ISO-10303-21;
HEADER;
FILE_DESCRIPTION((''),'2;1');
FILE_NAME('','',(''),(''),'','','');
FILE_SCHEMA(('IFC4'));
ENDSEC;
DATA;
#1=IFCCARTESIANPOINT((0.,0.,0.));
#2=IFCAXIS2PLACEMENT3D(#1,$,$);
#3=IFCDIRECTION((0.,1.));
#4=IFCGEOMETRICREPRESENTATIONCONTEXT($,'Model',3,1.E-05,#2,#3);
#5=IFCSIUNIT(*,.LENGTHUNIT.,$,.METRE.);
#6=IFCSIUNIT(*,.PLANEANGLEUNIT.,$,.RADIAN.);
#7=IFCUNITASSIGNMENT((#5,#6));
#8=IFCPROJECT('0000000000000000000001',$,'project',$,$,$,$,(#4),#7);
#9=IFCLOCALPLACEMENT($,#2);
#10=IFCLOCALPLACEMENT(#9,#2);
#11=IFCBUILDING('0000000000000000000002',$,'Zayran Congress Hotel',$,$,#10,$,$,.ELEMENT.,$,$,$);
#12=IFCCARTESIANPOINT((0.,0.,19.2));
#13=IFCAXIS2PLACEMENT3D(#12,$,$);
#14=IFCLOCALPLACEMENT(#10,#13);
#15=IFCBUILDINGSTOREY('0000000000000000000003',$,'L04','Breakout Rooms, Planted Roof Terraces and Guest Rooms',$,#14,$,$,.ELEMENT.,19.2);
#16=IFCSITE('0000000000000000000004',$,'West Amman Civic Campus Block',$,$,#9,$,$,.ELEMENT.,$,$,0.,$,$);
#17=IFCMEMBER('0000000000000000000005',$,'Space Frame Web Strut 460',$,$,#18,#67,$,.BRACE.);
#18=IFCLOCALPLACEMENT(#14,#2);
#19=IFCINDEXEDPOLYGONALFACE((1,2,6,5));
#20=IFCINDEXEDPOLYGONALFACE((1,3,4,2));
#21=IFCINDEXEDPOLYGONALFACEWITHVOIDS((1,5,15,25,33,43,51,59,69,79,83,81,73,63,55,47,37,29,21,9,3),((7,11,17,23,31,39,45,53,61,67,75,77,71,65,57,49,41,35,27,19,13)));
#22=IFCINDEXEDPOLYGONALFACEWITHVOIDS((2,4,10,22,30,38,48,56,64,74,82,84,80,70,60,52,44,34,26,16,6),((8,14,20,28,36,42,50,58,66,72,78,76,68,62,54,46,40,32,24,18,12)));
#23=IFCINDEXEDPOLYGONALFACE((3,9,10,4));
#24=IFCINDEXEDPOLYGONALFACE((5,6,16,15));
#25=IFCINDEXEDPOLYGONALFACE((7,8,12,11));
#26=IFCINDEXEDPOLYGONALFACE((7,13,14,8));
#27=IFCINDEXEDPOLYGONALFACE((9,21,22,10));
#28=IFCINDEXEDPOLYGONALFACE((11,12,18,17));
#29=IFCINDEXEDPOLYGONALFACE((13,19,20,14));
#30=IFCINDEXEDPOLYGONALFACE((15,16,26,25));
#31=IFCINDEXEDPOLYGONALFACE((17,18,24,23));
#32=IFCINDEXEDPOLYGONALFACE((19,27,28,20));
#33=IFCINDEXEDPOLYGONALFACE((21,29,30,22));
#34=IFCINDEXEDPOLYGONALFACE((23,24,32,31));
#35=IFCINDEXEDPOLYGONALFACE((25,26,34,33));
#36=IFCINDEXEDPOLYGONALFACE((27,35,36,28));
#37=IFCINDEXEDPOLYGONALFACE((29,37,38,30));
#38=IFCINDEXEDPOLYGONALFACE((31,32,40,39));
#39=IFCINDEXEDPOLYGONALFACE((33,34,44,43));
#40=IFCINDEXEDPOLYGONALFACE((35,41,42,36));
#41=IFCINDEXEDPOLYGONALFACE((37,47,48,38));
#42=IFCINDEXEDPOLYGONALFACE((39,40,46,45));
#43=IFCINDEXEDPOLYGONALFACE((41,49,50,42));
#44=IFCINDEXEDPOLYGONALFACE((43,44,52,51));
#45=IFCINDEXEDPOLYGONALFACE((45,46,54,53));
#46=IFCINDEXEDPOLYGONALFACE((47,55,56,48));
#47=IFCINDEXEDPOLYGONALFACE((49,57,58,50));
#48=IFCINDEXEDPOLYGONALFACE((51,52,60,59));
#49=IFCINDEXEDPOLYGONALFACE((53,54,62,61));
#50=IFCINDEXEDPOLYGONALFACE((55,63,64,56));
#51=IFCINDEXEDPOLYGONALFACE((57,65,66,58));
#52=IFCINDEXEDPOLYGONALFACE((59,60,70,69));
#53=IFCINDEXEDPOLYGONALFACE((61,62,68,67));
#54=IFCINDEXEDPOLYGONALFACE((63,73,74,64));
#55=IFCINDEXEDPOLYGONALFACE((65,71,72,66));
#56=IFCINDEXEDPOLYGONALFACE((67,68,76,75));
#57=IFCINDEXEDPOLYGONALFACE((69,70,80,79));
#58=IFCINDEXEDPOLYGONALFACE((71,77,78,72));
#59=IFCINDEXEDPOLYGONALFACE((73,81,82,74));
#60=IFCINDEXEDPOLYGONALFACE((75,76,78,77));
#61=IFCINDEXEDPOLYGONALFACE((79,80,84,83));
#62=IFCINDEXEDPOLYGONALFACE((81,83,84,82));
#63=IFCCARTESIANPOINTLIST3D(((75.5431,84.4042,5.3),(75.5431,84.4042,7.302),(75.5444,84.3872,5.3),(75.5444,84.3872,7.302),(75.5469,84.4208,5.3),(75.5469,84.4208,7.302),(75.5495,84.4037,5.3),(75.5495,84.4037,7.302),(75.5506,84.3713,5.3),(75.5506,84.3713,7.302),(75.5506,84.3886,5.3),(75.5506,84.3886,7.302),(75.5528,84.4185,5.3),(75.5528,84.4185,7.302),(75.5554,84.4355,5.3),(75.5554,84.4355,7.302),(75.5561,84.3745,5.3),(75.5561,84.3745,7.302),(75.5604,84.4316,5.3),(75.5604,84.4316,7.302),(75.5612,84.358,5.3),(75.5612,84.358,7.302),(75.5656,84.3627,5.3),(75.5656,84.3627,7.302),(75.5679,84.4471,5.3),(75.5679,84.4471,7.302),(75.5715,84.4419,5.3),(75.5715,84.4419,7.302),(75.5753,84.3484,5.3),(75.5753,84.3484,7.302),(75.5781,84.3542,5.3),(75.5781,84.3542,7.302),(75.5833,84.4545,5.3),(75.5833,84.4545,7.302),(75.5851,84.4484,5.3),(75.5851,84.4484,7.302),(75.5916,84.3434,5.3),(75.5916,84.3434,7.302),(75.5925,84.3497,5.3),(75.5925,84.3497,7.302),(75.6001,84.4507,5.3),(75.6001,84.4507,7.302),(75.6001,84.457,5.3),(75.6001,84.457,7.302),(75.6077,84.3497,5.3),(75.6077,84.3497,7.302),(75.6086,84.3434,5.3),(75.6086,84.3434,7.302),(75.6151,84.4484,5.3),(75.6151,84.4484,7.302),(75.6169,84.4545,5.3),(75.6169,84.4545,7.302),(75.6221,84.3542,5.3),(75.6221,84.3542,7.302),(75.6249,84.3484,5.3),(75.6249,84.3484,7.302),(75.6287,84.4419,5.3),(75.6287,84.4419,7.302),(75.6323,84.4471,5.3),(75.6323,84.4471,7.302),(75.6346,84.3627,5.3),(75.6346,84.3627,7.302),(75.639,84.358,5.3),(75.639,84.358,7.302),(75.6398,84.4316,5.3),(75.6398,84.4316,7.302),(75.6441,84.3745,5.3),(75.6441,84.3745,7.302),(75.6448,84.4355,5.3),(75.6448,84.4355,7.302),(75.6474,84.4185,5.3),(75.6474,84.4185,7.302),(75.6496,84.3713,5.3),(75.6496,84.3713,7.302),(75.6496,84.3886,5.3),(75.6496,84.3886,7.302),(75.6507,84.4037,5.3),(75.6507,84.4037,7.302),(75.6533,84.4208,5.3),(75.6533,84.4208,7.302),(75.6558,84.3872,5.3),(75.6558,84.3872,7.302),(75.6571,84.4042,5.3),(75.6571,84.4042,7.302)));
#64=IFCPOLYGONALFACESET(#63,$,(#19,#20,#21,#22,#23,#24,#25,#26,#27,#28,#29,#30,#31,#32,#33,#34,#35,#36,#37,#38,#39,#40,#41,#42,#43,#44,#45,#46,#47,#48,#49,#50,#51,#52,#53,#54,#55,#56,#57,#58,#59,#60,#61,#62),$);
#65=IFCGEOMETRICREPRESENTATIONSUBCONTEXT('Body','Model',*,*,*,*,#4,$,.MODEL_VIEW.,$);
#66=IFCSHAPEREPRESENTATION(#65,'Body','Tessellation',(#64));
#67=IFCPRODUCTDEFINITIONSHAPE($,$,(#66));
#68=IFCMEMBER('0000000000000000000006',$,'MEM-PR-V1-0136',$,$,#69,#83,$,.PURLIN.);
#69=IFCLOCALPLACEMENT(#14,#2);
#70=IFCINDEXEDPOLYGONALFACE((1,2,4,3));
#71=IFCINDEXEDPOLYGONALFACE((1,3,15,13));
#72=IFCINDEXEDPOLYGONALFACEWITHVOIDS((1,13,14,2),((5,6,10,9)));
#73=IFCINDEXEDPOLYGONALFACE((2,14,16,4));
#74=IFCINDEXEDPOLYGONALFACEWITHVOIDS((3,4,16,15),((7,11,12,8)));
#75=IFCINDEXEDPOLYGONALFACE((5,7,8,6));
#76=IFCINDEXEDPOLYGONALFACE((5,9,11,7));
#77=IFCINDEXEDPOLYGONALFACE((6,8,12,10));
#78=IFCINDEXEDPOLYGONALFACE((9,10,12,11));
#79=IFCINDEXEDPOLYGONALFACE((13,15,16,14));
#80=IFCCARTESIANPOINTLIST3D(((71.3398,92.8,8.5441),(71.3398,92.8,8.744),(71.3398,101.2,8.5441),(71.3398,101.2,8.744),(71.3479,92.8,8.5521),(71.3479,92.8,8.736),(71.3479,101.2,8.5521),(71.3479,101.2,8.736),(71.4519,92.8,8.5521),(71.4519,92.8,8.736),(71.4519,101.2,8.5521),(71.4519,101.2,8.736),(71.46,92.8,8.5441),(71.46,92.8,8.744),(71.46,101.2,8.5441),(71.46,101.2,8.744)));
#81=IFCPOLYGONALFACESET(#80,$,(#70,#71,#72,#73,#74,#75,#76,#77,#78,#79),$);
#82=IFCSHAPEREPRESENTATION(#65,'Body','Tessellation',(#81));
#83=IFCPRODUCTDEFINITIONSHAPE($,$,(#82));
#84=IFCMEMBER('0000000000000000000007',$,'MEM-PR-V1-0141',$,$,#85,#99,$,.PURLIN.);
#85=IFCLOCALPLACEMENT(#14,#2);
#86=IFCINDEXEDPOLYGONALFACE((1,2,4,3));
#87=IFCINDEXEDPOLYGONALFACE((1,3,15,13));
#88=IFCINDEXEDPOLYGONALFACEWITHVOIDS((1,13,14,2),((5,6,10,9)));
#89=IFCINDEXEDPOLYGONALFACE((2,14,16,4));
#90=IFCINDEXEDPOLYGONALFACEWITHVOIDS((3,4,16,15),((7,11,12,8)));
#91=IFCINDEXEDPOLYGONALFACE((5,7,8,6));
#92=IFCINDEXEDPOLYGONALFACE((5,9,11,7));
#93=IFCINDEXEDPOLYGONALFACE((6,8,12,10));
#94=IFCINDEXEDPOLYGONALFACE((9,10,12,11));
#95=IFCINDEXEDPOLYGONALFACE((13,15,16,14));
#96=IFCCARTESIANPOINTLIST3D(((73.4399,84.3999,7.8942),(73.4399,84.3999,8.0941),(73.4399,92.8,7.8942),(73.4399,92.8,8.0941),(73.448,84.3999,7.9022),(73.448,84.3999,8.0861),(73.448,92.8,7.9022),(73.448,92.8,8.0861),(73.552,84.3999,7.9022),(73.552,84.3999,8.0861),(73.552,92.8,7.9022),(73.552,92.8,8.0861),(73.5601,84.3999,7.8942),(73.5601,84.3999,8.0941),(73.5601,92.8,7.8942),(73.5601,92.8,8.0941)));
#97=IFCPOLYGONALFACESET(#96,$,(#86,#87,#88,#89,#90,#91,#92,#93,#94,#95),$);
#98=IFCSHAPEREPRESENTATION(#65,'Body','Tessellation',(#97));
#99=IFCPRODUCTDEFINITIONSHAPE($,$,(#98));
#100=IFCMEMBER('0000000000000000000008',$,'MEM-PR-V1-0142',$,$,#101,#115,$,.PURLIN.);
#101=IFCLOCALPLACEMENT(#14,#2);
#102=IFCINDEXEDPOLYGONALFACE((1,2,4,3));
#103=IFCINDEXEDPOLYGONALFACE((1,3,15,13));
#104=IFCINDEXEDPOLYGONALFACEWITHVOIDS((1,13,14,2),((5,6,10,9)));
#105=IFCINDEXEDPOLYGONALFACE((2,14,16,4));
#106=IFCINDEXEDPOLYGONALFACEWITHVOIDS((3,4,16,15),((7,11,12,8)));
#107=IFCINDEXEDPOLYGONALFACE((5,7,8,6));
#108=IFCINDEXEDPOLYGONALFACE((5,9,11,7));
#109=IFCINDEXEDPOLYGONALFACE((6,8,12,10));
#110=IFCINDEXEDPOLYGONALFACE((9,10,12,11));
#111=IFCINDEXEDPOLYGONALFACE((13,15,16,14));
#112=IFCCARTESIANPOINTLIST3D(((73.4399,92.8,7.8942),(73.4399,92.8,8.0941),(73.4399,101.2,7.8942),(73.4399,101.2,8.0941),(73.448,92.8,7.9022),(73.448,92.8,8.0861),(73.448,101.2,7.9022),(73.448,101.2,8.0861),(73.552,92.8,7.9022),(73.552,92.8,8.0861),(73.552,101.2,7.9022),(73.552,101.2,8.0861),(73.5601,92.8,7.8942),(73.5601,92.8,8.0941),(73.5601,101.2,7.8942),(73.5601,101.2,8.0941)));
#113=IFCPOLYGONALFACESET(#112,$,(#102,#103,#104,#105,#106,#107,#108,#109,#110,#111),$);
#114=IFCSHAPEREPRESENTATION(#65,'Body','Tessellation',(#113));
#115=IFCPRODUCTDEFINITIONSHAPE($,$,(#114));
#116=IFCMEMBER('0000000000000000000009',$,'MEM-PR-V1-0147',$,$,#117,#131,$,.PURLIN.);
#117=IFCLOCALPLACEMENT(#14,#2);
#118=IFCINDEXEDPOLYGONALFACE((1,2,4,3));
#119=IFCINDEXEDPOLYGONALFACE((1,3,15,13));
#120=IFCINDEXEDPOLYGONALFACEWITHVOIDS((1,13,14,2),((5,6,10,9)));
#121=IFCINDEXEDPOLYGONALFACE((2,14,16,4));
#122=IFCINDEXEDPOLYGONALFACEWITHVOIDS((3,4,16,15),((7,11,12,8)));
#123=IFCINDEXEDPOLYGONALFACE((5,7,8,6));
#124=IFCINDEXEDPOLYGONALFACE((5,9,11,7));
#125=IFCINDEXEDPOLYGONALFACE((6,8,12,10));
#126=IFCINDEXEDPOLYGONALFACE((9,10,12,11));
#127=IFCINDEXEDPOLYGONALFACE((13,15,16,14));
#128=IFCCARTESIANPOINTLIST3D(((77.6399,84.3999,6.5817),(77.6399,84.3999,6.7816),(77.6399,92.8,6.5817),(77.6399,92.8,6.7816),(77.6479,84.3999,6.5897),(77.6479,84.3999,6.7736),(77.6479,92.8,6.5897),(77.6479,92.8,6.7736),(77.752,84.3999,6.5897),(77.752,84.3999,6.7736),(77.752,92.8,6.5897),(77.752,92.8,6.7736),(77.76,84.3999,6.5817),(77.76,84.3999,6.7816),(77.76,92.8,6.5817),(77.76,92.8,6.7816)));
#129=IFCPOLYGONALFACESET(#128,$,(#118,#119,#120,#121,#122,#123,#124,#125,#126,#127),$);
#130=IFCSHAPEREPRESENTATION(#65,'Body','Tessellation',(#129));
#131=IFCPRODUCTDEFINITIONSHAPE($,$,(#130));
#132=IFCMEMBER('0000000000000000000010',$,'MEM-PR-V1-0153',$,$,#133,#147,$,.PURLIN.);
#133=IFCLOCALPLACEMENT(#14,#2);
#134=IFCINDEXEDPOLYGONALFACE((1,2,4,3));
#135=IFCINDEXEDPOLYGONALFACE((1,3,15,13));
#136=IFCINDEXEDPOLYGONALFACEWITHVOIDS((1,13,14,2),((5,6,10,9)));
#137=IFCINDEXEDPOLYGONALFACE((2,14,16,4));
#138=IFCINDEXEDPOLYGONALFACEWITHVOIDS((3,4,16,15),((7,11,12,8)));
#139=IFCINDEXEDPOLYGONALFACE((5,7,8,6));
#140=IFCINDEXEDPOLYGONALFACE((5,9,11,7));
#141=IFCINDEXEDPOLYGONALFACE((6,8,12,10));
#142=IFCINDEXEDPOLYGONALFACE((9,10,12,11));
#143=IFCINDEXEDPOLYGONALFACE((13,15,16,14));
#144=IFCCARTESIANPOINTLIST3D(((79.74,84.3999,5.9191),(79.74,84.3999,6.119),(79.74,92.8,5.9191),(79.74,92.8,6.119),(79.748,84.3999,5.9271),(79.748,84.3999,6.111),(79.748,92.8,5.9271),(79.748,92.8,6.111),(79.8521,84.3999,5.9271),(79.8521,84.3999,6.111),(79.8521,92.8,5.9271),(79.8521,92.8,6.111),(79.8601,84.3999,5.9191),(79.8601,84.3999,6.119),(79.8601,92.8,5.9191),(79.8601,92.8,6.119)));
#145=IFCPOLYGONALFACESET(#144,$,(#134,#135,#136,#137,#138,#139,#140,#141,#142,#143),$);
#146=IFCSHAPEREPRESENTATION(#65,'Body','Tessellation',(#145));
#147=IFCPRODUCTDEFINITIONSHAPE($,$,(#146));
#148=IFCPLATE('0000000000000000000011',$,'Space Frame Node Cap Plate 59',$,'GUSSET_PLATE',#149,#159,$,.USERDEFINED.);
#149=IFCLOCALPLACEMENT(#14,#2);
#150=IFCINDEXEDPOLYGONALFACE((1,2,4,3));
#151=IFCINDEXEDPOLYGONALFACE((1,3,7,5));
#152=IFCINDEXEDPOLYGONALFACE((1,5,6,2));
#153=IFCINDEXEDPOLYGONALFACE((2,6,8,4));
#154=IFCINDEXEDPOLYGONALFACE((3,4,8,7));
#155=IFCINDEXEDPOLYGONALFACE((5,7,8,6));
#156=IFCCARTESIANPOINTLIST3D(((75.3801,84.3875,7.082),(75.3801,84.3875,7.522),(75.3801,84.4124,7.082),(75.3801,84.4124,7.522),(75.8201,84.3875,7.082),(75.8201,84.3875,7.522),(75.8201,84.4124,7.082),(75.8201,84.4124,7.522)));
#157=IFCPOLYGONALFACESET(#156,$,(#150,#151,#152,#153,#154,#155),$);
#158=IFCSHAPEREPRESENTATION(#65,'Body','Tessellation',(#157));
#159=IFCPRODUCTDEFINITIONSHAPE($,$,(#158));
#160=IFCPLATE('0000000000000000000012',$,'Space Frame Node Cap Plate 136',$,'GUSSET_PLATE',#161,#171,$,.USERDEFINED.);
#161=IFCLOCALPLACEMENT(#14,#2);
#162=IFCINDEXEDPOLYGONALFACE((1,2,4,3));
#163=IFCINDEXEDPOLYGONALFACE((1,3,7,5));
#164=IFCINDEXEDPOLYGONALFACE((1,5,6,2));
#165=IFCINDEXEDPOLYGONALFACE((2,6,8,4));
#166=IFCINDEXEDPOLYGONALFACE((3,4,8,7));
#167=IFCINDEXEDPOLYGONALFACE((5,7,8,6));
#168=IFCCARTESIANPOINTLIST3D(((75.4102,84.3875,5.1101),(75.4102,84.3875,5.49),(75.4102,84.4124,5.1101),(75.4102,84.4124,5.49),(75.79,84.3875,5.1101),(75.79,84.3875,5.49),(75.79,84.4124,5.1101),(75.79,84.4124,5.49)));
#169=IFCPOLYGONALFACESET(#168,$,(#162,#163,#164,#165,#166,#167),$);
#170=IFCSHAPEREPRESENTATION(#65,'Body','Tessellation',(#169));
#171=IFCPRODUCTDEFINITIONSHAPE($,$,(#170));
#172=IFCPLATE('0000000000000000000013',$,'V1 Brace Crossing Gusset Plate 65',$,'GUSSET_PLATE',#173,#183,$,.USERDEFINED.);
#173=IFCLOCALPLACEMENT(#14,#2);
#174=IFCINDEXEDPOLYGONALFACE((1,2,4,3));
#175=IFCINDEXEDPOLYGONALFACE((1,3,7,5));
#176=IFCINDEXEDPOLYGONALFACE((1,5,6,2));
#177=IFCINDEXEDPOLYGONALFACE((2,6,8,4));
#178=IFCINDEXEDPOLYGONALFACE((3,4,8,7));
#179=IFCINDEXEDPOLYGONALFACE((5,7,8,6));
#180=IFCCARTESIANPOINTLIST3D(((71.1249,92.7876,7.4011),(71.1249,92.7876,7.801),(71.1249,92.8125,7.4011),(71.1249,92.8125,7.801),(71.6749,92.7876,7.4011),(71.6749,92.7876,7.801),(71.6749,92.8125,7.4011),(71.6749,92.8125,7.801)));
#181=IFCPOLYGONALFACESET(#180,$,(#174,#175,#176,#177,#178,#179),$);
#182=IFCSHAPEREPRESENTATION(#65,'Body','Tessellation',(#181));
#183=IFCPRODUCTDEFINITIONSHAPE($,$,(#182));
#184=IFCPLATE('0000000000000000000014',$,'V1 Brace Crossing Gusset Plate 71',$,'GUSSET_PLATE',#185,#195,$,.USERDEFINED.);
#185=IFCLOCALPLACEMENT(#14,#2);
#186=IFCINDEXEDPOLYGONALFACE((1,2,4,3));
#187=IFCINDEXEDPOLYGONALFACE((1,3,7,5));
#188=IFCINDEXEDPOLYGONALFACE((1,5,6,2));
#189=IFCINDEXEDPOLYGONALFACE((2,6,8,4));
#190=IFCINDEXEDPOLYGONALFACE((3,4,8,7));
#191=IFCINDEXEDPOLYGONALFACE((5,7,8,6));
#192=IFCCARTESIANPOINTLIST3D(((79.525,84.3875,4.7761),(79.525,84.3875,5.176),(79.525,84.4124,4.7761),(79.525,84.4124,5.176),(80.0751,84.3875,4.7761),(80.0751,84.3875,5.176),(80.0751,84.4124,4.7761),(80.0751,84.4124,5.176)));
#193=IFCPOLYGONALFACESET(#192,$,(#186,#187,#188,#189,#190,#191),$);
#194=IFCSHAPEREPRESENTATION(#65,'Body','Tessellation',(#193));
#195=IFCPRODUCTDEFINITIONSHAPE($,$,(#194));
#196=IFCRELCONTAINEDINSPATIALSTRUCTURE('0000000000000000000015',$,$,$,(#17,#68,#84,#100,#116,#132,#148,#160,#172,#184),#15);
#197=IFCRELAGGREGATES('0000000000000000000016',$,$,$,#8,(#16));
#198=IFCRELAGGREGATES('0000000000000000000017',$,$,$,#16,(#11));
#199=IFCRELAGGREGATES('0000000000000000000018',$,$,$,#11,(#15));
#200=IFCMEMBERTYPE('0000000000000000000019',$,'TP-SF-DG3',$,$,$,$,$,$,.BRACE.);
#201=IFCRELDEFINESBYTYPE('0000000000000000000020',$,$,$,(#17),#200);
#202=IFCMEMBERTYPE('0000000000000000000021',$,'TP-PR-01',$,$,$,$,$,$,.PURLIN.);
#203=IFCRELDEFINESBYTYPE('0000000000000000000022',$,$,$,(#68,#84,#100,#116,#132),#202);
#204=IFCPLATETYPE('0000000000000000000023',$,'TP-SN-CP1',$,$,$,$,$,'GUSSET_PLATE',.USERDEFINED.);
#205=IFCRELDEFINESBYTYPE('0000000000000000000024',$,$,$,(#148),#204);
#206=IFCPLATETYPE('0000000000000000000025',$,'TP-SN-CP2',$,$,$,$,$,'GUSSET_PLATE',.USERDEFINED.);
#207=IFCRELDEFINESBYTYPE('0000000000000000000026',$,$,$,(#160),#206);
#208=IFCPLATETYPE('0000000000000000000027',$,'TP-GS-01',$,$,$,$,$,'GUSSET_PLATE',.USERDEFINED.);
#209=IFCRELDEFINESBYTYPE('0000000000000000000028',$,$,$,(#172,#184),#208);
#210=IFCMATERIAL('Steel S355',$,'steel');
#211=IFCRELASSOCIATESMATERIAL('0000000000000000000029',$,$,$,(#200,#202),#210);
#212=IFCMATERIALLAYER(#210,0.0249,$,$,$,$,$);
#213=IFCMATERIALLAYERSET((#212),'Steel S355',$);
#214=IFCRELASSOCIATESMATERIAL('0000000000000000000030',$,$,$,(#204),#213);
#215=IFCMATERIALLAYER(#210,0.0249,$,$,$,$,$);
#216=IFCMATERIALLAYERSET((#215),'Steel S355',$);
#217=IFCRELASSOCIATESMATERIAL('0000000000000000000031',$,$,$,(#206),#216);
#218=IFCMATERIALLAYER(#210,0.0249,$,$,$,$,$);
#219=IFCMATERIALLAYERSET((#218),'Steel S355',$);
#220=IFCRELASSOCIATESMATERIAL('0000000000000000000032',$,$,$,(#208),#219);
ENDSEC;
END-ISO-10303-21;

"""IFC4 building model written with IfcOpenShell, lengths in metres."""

from ifc_helpers import new_model, si_unit, direction, frame, origin, origin_2d, place, context, subcontext, project, spatial, rectangle, hollow_rectangle, hollow_circle, extrude, material, layer, layer_set, material_profile, profile_set, type_object, element, save


model = new_model("IFC4")

# Units and contexts
model_context = context("Model", 3, precision=1e-05, world=origin(), true_north=direction((0.0, 1.0)))
body_context = subcontext(model_context, "Body", "Model", "MODEL_VIEW")
ifc_project = project(units=[si_unit("LENGTHUNIT", "METRE"), si_unit("PLANEANGLEUNIT", "RADIAN")], contexts=[model_context])

# Site, building, storey
site_placement = place(None, origin())
site = spatial("IfcSite", under=ifc_project, at=site_placement, Name="West Amman Civic Campus Block", CompositionType="ELEMENT", RefElevation=0.0)
building_placement = place(site_placement, origin())
building = spatial("IfcBuilding", under=site, at=building_placement, Name="Zayran Congress Hotel", CompositionType="ELEMENT")
storey_placement = place(building_placement, frame((0.0, 0.0, 19.2)))
storey = spatial("IfcBuildingStorey", under=building, at=storey_placement, Name="L04", Description="Breakout Rooms, Planted Roof Terraces and Guest Rooms", CompositionType="ELEMENT", Elevation=19.2)

# Members
ifc_material_1 = material(Name="Steel S355", Category="steel")
ifc_material_profile_1 = material_profile(ifc_material_1, hollow_circle(Radius=0.0571, WallThickness=0.0063, at=origin_2d()), Name="CHS 114.3x6.3")
ifc_profile_set_1 = profile_set([ifc_material_profile_1], Name="Steel S355")
member_type_1 = type_object("IfcMemberType", Name="TP-SF-DG3", PredefinedType="BRACE", material=ifc_profile_set_1)
member_1_placement = place(storey_placement, frame((75.6001, 84.3999, 5.3), z_axis=(0.0, 0.0, 1.0), x_axis=(0.0, 1.0, 0.0)))
element("IfcMember", 1, at=member_1_placement, inside=storey, type_object=member_type_1, Name="Space Frame Web Strut 460", PredefinedType="BRACE", context=body_context, shape_type="SweptSolid", body=[
    extrude(hollow_circle(Radius=0.0571, WallThickness=0.0063, at=origin_2d()), origin(), (0.0, 0.0, 1.0), 2.002),
])
ifc_material_profile_2 = material_profile(ifc_material_1, hollow_rectangle(XDim=0.1201, YDim=0.2, WallThickness=0.0081, at=origin_2d()), Name="RHS 200x120x8")
ifc_profile_set_2 = profile_set([ifc_material_profile_2], Name="Steel S355")
member_type_2 = type_object("IfcMemberType", Name="TP-PR-01", PredefinedType="PURLIN", material=ifc_profile_set_2)
member_2_placement = place(storey_placement, frame((71.3999, 92.8, 8.644), z_axis=(0.0, 1.0, 0.0), x_axis=(-1.0, 0.0, 0.0)))
element("IfcMember", 2, at=member_2_placement, inside=storey, type_object=member_type_2, Name="MEM-PR-V1-0136", PredefinedType="PURLIN", context=body_context, shape_type="SweptSolid", body=[
    extrude(hollow_rectangle(XDim=0.1201, YDim=0.2, WallThickness=0.0081, at=origin_2d()), origin(), (0.0, 0.0, 1.0), 8.3999),
])
member_3_placement = place(storey_placement, frame((73.5, 84.3999, 7.9941), z_axis=(0.0, 1.0, 0.0), x_axis=(-1.0, 0.0, 0.0)))
element("IfcMember", 3, at=member_3_placement, inside=storey, type_object=member_type_2, Name="MEM-PR-V1-0141", PredefinedType="PURLIN", context=body_context, shape_type="SweptSolid", body=[
    extrude(hollow_rectangle(XDim=0.1201, YDim=0.2, WallThickness=0.0081, at=origin_2d()), origin(), (0.0, 0.0, 1.0), 8.4001),
])
member_4_placement = place(storey_placement, frame((73.5, 92.8, 7.9941), z_axis=(0.0, 1.0, 0.0), x_axis=(-1.0, 0.0, 0.0)))
element("IfcMember", 4, at=member_4_placement, inside=storey, type_object=member_type_2, Name="MEM-PR-V1-0142", PredefinedType="PURLIN", context=body_context, shape_type="SweptSolid", body=[
    extrude(hollow_rectangle(XDim=0.1201, YDim=0.2, WallThickness=0.0081, at=origin_2d()), origin(), (0.0, 0.0, 1.0), 8.3999),
])
for number, where, z_axis, x_axis, name in (
    (5, (77.7, 84.3999, 6.6816), (0.0, 1.0, 0.0), (-1.0, 0.0, 0.0), "MEM-PR-V1-0147"),
    (6, (79.8, 84.3999, 6.019), (0.0, 1.0, 0.0), (-1.0, 0.0, 0.0), "MEM-PR-V1-0153"),
):
    element("IfcMember", number, at=place(storey_placement, frame(where, z_axis=z_axis, x_axis=x_axis)), inside=storey, type_object=member_type_2, Name=name, PredefinedType="PURLIN", context=body_context, shape_type="SweptSolid", body=[
        extrude(hollow_rectangle(XDim=0.1201, YDim=0.2, WallThickness=0.0081, at=origin_2d()), origin(), (0.0, 0.0, 1.0), 8.4001),
    ])

# Plates
ifc_layer_1 = layer(ifc_material_1, 0.0249)
ifc_layer_set_1 = layer_set([ifc_layer_1], Name="Steel S355")
plate_type_1 = type_object("IfcPlateType", Name="TP-SN-CP1", ElementType="GUSSET_PLATE", PredefinedType="USERDEFINED", material=ifc_layer_set_1)
plate_1_placement = place(storey_placement, frame((75.6001, 84.3999, 7.082), z_axis=(0.0, 0.0, 1.0), x_axis=(1.0, 0.0, 0.0)))
element("IfcPlate", 7, at=plate_1_placement, inside=storey, type_object=plate_type_1, Name="Space Frame Node Cap Plate 59", ObjectType="GUSSET_PLATE", PredefinedType="USERDEFINED", context=body_context, shape_type="SweptSolid", body=[
    extrude(rectangle(XDim=0.4399, YDim=0.0249, at=origin_2d()), origin(), (0.0, 0.0, 1.0), 0.4399),
])
ifc_layer_2 = layer(ifc_material_1, 0.0249)
ifc_layer_set_2 = layer_set([ifc_layer_2], Name="Steel S355")
plate_type_2 = type_object("IfcPlateType", Name="TP-SN-CP2", ElementType="GUSSET_PLATE", PredefinedType="USERDEFINED", material=ifc_layer_set_2)
plate_2_placement = place(storey_placement, frame((75.6001, 84.3999, 5.1101), z_axis=(0.0, 0.0, 1.0), x_axis=(1.0, 0.0, 0.0)))
element("IfcPlate", 8, at=plate_2_placement, inside=storey, type_object=plate_type_2, Name="Space Frame Node Cap Plate 136", ObjectType="GUSSET_PLATE", PredefinedType="USERDEFINED", context=body_context, shape_type="SweptSolid", body=[
    extrude(rectangle(XDim=0.3799, YDim=0.0249, at=origin_2d()), origin(), (0.0, 0.0, 1.0), 0.3799),
])
ifc_layer_3 = layer(ifc_material_1, 0.0249)
ifc_layer_set_3 = layer_set([ifc_layer_3], Name="Steel S355")
plate_type_3 = type_object("IfcPlateType", Name="TP-GS-01", ElementType="GUSSET_PLATE", PredefinedType="USERDEFINED", material=ifc_layer_set_3)
for number, where, z_axis, x_axis, name in (
    (9, (71.3999, 92.8, 7.4011), (0.0, 0.0, 1.0), (1.0, 0.0, 0.0), "V1 Brace Crossing Gusset Plate 65"),
    (10, (79.8, 84.3999, 4.7761), (0.0, 0.0, 1.0), (1.0, 0.0, 0.0), "V1 Brace Crossing Gusset Plate 71"),
):
    element("IfcPlate", number, at=place(storey_placement, frame(where, z_axis=z_axis, x_axis=x_axis)), inside=storey, type_object=plate_type_3, Name=name, ObjectType="GUSSET_PLATE", PredefinedType="USERDEFINED", context=body_context, shape_type="SweptSolid", body=[
        extrude(rectangle(XDim=0.55, YDim=0.0249, at=origin_2d()), origin(), (0.0, 0.0, 1.0), 0.3999),
    ])

save(model, "model.ifc")
